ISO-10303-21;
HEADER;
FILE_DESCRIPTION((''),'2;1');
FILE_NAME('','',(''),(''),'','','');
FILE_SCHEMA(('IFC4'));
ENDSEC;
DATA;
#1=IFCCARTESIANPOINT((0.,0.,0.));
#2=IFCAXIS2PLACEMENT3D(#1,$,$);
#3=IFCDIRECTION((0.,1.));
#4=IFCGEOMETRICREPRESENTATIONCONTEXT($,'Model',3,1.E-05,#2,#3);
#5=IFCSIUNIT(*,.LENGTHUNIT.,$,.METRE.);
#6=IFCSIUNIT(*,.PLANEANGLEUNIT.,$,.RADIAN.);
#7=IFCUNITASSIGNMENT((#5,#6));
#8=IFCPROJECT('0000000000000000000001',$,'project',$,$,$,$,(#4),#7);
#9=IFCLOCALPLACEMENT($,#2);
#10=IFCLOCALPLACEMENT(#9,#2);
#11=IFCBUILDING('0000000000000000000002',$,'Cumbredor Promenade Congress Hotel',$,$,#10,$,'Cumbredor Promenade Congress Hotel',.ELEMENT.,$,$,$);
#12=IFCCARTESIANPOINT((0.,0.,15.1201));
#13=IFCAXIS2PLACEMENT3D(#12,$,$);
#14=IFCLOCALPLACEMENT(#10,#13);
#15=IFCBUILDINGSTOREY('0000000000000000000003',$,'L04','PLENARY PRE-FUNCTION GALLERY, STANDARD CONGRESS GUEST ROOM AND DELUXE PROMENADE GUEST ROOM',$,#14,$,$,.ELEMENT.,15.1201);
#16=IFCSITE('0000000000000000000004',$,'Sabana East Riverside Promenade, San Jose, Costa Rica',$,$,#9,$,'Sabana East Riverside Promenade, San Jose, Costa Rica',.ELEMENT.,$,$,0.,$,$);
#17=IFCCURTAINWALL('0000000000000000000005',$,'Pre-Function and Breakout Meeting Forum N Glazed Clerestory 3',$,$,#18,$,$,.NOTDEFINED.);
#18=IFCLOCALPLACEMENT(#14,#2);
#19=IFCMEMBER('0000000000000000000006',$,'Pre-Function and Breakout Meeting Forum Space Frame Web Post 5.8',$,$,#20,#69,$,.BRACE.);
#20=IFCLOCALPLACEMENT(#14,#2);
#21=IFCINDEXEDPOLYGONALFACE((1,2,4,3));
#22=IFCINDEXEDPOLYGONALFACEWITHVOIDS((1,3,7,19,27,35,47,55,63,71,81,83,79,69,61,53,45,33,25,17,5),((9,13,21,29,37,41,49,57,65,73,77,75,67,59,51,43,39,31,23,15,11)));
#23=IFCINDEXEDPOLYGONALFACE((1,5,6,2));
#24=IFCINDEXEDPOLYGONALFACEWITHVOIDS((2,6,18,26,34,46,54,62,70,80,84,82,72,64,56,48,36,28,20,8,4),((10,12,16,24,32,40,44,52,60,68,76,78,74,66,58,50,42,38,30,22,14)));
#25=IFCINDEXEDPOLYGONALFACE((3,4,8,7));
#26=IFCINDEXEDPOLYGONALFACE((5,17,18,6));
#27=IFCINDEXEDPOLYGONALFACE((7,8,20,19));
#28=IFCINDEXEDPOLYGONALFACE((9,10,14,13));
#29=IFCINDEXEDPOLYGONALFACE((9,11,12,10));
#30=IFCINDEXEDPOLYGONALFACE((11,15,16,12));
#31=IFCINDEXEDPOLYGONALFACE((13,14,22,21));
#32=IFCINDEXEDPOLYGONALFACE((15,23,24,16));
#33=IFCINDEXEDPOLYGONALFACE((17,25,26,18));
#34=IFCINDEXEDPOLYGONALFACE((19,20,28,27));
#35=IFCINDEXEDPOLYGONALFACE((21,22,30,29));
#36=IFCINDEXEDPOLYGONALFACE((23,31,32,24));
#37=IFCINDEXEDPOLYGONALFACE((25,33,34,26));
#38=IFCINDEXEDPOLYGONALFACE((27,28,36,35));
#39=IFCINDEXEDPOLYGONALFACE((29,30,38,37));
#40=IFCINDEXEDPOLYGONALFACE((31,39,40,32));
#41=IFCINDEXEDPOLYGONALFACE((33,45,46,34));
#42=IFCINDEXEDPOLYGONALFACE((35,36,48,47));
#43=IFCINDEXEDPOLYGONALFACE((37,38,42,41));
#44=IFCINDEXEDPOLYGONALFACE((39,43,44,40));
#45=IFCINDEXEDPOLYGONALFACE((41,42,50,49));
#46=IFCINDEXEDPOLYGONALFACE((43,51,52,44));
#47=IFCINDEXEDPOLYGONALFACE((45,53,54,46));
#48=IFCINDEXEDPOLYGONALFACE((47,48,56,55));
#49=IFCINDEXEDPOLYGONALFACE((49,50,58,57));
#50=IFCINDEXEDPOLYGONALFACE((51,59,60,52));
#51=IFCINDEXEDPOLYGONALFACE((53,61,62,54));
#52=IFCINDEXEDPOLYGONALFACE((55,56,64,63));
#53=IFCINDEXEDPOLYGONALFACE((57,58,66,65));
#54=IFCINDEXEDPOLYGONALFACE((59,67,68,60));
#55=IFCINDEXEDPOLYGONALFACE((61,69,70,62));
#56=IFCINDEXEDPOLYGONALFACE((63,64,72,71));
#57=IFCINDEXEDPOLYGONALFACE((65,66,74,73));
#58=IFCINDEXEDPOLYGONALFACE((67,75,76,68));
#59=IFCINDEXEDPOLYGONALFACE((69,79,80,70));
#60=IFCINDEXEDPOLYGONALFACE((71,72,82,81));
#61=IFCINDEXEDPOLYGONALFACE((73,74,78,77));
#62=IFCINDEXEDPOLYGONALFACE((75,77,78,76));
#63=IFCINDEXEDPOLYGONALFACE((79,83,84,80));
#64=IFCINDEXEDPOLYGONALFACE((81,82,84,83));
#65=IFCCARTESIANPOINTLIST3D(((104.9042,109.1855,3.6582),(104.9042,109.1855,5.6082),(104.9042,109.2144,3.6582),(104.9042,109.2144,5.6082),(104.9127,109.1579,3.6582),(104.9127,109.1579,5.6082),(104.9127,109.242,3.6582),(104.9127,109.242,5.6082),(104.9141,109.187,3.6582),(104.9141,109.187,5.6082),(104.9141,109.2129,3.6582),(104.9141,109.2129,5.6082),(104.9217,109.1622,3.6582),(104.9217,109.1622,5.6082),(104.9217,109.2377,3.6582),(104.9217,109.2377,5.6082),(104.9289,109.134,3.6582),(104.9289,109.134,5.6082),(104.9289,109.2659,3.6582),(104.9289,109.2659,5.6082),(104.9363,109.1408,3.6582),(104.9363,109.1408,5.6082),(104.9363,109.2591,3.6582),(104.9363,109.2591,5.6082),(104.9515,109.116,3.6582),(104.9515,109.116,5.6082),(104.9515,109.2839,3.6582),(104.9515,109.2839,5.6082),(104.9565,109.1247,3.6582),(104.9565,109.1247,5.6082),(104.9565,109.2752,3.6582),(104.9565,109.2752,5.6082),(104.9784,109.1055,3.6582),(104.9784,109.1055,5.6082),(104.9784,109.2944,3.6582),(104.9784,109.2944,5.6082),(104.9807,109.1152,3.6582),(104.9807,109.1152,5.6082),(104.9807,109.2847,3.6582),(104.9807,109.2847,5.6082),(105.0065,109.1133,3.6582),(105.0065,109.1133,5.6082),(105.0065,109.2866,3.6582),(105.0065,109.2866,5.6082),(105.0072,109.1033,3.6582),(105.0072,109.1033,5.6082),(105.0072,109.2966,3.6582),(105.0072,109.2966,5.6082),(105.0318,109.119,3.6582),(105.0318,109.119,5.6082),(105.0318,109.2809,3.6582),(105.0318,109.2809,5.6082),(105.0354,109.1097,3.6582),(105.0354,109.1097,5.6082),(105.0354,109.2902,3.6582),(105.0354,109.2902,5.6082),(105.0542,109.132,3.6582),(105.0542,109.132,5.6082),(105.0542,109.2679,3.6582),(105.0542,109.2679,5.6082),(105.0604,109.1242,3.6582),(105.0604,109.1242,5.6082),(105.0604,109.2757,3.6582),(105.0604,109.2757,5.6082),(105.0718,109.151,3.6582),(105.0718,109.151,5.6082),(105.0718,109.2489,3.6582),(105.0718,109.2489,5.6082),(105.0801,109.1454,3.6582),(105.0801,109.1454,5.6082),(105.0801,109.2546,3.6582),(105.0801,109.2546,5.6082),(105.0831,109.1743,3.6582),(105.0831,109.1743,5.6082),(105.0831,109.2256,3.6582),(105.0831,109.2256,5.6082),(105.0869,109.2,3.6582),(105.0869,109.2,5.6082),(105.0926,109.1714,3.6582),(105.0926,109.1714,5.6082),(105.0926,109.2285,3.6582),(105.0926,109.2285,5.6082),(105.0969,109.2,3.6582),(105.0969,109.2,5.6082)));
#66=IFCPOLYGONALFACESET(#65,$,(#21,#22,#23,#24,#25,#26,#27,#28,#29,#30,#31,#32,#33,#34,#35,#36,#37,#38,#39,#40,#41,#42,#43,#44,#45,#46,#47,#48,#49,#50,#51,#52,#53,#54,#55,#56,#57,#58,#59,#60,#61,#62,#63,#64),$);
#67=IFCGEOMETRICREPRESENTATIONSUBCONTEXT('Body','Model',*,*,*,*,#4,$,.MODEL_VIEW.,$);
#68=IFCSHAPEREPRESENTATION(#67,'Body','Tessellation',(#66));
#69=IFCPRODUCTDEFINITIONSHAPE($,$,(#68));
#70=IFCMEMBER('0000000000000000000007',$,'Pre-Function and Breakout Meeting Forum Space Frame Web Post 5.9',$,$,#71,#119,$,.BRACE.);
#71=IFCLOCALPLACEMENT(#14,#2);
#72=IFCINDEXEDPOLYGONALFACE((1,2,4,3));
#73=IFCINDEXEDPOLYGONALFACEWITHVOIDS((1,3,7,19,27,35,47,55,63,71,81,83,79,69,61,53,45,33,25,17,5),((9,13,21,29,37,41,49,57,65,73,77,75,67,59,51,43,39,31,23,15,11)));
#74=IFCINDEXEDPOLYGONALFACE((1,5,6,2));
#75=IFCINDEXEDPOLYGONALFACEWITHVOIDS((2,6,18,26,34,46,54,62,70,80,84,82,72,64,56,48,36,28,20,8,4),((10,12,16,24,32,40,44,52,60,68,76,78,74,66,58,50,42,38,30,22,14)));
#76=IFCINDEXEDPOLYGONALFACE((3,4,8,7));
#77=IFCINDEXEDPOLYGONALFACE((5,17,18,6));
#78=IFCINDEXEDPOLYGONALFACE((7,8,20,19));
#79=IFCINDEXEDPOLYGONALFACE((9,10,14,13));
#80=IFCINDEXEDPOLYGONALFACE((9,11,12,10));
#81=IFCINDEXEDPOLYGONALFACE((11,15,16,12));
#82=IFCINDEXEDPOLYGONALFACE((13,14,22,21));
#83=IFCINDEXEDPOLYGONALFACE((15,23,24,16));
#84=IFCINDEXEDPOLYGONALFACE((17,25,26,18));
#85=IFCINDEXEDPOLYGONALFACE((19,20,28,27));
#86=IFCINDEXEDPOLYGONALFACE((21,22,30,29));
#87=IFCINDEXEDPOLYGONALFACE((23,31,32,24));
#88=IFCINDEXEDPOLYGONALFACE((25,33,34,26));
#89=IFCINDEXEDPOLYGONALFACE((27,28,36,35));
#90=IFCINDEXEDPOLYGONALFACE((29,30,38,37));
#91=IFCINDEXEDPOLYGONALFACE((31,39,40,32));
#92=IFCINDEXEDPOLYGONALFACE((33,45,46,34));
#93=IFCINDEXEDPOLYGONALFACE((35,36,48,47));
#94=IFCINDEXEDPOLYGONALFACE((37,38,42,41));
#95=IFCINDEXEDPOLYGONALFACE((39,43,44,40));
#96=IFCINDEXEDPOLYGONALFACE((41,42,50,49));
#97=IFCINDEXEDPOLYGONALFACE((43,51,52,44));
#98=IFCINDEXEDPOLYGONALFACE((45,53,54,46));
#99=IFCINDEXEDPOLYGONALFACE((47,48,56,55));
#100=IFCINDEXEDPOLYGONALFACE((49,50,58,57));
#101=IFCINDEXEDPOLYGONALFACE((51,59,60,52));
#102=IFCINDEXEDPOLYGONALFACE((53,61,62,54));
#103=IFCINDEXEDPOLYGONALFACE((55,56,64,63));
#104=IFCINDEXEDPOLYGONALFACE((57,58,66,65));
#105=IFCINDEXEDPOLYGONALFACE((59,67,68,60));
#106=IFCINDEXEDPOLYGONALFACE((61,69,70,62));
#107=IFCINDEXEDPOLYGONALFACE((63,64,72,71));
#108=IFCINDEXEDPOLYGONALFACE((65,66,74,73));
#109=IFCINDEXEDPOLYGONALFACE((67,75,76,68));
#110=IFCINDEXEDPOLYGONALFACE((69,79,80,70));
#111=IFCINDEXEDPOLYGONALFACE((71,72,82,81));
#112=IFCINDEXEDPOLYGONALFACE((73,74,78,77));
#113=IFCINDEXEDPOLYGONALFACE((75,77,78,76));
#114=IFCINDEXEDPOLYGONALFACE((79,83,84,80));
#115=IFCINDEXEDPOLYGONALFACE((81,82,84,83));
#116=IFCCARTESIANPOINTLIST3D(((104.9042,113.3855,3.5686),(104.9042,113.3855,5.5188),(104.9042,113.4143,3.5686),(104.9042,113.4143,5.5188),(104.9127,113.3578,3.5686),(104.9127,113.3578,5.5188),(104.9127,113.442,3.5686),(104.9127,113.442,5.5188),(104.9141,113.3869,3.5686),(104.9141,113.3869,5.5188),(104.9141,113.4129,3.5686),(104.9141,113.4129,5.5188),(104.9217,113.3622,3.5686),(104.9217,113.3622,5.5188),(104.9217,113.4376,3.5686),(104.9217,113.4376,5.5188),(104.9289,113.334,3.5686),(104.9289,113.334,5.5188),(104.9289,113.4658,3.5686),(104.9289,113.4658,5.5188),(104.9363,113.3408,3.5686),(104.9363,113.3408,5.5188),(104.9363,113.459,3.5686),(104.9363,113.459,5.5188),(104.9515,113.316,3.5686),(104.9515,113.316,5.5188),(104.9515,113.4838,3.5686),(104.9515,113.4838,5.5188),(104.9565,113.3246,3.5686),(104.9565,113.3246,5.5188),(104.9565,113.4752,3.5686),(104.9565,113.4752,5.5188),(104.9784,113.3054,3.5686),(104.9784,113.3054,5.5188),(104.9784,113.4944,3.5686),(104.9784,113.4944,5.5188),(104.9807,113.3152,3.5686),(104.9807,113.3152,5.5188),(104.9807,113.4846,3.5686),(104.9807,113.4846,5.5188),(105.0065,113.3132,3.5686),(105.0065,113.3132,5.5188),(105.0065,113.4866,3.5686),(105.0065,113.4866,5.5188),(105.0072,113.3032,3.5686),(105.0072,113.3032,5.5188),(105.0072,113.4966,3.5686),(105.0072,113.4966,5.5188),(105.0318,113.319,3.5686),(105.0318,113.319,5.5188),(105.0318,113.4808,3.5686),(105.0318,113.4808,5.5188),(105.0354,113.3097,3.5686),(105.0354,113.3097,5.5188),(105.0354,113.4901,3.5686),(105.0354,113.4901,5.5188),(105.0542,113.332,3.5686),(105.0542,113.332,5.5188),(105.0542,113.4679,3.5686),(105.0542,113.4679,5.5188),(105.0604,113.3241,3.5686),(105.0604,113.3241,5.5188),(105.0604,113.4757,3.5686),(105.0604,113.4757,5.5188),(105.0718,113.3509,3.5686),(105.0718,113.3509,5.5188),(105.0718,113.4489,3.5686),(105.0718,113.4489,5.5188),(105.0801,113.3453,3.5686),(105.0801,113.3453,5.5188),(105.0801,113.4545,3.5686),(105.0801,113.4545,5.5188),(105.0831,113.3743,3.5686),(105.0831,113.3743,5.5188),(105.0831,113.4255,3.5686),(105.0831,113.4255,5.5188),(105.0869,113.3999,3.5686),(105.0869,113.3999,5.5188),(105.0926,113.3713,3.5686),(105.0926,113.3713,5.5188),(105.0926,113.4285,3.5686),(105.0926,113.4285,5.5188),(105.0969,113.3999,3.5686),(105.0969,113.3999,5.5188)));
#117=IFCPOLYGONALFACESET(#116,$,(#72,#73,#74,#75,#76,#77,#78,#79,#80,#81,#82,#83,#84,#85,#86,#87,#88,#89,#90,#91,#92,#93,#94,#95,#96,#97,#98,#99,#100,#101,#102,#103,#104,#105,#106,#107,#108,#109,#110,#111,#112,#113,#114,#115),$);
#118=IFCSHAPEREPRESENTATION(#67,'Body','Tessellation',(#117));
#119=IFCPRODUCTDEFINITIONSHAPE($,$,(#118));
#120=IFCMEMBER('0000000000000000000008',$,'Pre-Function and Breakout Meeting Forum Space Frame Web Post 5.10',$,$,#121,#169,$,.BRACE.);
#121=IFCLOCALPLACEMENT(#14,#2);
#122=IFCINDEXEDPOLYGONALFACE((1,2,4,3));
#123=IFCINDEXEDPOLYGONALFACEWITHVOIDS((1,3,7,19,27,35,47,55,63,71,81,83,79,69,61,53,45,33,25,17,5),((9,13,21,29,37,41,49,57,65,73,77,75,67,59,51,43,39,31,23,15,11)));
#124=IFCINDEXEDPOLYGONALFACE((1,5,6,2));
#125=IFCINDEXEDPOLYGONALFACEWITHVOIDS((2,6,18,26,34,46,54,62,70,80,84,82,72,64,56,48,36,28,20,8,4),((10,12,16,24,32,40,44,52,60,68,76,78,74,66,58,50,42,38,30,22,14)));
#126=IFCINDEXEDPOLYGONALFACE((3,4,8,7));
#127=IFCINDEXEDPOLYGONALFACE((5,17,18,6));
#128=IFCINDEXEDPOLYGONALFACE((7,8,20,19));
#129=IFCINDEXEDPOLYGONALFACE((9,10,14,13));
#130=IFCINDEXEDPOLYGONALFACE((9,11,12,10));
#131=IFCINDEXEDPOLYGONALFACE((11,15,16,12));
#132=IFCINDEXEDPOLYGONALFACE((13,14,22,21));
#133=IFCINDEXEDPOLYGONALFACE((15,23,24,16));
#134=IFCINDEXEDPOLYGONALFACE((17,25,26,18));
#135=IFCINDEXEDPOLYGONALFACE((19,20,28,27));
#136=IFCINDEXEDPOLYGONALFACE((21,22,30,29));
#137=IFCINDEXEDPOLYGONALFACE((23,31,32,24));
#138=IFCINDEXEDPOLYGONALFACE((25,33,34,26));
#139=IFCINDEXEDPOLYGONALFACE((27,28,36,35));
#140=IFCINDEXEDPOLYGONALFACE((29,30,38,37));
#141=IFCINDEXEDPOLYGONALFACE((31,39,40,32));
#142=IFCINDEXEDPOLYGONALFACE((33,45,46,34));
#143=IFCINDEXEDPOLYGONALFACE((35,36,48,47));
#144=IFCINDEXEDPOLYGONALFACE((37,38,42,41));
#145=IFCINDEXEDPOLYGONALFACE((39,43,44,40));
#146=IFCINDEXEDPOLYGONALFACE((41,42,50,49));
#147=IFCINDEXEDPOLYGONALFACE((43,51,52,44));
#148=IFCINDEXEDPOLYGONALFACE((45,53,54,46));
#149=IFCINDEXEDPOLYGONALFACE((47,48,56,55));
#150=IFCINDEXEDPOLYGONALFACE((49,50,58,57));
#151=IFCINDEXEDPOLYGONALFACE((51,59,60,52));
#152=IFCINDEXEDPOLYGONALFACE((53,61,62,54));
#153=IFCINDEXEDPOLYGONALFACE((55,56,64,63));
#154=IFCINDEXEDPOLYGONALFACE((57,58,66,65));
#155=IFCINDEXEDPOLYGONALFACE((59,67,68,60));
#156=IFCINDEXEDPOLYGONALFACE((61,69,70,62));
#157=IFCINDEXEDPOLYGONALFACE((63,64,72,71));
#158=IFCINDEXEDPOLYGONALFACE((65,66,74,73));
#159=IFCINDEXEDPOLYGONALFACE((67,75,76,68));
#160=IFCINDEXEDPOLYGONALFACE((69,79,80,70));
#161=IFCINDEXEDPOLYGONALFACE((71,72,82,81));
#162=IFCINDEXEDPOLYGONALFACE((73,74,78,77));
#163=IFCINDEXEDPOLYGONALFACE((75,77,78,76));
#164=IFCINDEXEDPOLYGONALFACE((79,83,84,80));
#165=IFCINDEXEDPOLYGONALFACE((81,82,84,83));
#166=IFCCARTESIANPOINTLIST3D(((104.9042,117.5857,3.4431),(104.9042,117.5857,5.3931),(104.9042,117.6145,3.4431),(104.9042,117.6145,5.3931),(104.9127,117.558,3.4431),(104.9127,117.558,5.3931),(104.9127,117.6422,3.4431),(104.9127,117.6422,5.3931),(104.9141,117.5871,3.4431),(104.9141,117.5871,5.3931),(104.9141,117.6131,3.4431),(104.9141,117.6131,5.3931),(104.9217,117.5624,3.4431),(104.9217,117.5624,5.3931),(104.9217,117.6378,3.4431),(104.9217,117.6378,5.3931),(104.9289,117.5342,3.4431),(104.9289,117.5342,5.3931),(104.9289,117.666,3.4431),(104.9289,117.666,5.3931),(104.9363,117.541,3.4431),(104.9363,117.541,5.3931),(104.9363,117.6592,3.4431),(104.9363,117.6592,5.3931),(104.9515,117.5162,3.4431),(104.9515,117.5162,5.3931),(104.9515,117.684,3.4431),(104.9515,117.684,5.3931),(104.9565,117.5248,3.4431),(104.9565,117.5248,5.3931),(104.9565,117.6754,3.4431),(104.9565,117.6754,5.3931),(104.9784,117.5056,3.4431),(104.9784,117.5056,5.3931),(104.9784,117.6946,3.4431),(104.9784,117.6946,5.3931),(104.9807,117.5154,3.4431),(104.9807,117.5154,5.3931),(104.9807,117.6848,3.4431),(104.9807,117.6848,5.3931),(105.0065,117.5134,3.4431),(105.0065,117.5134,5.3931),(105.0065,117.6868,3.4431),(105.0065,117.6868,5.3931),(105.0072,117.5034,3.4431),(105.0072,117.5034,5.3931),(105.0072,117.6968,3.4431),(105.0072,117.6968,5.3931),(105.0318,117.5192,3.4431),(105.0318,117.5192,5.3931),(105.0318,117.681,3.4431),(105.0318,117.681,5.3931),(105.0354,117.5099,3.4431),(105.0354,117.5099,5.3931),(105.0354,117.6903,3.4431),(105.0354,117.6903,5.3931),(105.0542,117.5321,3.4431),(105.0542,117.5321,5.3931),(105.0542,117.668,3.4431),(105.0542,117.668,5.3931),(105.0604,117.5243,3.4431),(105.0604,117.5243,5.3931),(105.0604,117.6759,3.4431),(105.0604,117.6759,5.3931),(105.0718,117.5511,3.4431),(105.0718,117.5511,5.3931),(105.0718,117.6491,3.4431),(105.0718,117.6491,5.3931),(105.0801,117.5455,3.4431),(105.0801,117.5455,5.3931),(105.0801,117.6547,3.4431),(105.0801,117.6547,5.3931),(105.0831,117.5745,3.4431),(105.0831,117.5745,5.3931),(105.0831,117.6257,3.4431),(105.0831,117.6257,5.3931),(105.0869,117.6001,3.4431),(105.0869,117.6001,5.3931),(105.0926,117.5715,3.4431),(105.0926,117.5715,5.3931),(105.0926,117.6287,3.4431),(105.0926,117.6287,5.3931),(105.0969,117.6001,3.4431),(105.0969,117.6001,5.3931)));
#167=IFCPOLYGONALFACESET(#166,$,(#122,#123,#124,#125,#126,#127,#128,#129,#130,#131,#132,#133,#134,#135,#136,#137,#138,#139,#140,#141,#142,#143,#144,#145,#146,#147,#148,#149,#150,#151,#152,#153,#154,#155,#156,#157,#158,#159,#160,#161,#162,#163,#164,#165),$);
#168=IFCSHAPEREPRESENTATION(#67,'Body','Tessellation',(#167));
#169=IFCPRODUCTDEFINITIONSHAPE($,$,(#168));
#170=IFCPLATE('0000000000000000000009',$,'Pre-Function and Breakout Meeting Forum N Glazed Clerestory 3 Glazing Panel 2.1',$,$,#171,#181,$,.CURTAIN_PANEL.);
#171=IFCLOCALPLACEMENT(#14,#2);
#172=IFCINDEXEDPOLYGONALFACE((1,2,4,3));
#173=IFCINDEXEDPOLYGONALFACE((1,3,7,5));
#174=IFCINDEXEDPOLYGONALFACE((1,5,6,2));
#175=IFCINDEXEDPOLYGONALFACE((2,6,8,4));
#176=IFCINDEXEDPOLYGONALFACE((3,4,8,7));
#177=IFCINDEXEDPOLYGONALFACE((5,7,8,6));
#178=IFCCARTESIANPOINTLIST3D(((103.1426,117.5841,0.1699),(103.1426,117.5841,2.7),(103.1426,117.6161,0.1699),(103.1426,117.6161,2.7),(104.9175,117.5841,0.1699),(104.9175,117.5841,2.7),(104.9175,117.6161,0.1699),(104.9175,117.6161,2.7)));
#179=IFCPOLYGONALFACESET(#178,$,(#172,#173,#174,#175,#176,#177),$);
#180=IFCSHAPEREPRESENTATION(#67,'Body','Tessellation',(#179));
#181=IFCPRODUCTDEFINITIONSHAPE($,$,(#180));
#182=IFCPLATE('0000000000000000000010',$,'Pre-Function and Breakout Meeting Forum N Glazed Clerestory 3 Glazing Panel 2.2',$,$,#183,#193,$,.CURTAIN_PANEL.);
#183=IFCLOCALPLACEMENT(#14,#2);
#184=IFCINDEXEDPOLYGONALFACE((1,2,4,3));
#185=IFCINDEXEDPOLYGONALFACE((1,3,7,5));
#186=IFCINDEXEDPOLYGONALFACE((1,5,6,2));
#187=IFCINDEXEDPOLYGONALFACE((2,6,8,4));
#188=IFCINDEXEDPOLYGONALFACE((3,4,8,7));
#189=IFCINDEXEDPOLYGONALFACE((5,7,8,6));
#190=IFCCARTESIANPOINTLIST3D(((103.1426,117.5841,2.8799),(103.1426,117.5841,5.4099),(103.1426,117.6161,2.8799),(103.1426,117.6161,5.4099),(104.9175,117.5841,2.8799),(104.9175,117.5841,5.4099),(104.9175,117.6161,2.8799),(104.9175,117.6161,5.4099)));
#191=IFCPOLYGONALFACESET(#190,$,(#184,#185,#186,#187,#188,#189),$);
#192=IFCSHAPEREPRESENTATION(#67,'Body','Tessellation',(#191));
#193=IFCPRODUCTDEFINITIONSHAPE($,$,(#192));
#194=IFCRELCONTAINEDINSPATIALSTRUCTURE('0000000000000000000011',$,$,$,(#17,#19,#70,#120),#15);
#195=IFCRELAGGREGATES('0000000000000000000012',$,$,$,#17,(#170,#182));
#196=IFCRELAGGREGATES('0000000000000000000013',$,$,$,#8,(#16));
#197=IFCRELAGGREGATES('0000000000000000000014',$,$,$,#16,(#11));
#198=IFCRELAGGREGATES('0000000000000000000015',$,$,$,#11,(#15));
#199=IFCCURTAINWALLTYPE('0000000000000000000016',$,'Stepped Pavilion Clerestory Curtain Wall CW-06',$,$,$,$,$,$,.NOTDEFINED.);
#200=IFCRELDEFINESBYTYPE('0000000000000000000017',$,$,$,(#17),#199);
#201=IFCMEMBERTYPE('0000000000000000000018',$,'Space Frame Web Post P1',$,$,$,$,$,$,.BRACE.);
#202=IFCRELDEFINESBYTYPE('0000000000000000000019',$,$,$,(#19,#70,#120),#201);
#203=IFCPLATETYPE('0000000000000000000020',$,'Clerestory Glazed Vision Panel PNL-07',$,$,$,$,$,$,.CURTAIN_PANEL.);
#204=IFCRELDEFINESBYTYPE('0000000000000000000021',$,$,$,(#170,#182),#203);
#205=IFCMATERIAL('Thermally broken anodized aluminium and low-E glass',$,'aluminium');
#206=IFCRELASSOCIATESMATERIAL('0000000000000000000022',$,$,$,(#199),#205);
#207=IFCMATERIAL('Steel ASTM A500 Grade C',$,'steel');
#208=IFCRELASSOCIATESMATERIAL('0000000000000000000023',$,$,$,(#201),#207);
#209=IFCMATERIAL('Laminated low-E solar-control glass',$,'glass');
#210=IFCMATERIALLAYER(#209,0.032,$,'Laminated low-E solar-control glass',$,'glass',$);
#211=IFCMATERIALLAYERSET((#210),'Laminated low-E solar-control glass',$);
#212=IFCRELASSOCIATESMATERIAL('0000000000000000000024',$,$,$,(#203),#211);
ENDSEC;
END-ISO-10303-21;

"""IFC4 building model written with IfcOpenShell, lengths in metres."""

from ifc_helpers import new_model, si_unit, direction, frame, origin, origin_2d, place, context, subcontext, project, spatial, rectangle, hollow_circle, extrude, material, layer, layer_set, material_profile, profile_set, type_object, element, aggregate, save


model = new_model("IFC4")

# Units and contexts
model_context = context("Model", 3, precision=1e-05, world=origin(), true_north=direction((0.0, 1.0)))
body_context = subcontext(model_context, "Body", "Model", "MODEL_VIEW")
ifc_project = project(units=[si_unit("LENGTHUNIT", "METRE"), si_unit("PLANEANGLEUNIT", "RADIAN")], contexts=[model_context])

# Site, building, storey
site_placement = place(None, origin())
site = spatial("IfcSite", under=ifc_project, at=site_placement, Name="Sabana East Riverside Promenade, San Jose, Costa Rica", LongName="Sabana East Riverside Promenade, San Jose, Costa Rica", CompositionType="ELEMENT", RefElevation=0.0)
building_placement = place(site_placement, origin())
building = spatial("IfcBuilding", under=site, at=building_placement, Name="Cumbredor Promenade Congress Hotel", LongName="Cumbredor Promenade Congress Hotel", CompositionType="ELEMENT")
storey_placement = place(building_placement, frame((0.0, 0.0, 15.1201)))
storey = spatial("IfcBuildingStorey", under=building, at=storey_placement, Name="L04", Description="PLENARY PRE-FUNCTION GALLERY, STANDARD CONGRESS GUEST ROOM AND DELUXE PROMENADE GUEST ROOM", CompositionType="ELEMENT", Elevation=15.1201)

# Curtain wall
ifc_material_1 = material(Name="Thermally broken anodized aluminium and low-E glass", Category="aluminium")
curtain_wall_type = type_object("IfcCurtainWallType", Name="Stepped Pavilion Clerestory Curtain Wall CW-06", PredefinedType="NOTDEFINED", material=ifc_material_1)
curtain_wall_placement = place(storey_placement, origin())
curtain_wall = element("IfcCurtainWall", 1, at=curtain_wall_placement, inside=storey, type_object=curtain_wall_type, Name="Pre-Function and Breakout Meeting Forum N Glazed Clerestory 3", PredefinedType="NOTDEFINED")

# Members
ifc_material_2 = material(Name="Steel ASTM A500 Grade C", Category="steel")
ifc_material_profile_1 = material_profile(ifc_material_2, hollow_circle(Radius=0.0969, WallThickness=0.01, at=origin_2d()), Name="CHS 193.7x10")
ifc_profile_set_1 = profile_set([ifc_material_profile_1], Name="Steel ASTM A500 Grade C")
member_type_1 = type_object("IfcMemberType", Name="Space Frame Web Post P1", PredefinedType="BRACE", material=ifc_profile_set_1)
member_1_placement = place(storey_placement, frame((105.0, 109.2, 3.6582), z_axis=(0.0, 0.0, 1.0), x_axis=(1.0, 0.0, 0.0)))
element("IfcMember", 2, at=member_1_placement, inside=storey, type_object=member_type_1, Name="Pre-Function and Breakout Meeting Forum Space Frame Web Post 5.8", PredefinedType="BRACE", context=body_context, shape_type="SweptSolid", body=[
    extrude(hollow_circle(Radius=0.0969, WallThickness=0.01, at=origin_2d()), origin(), (0.0, 0.0, 1.0), 1.95),
])
member_2_placement = place(storey_placement, frame((105.0, 113.3999, 3.5686), z_axis=(0.0, 0.0, 1.0), x_axis=(1.0, 0.0, 0.0)))
element("IfcMember", 3, at=member_2_placement, inside=storey, type_object=member_type_1, Name="Pre-Function and Breakout Meeting Forum Space Frame Web Post 5.9", PredefinedType="BRACE", context=body_context, shape_type="SweptSolid", body=[
    extrude(hollow_circle(Radius=0.0969, WallThickness=0.01, at=origin_2d()), origin(), (0.0, 0.0, 1.0), 1.9502),
])
member_3_placement = place(storey_placement, frame((105.0, 117.6001, 3.4431), z_axis=(0.0, 0.0, 1.0), x_axis=(1.0, 0.0, 0.0)))
element("IfcMember", 4, at=member_3_placement, inside=storey, type_object=member_type_1, Name="Pre-Function and Breakout Meeting Forum Space Frame Web Post 5.10", PredefinedType="BRACE", context=body_context, shape_type="SweptSolid", body=[
    extrude(hollow_circle(Radius=0.0969, WallThickness=0.01, at=origin_2d()), origin(), (0.0, 0.0, 1.0), 1.95),
])

# Plates
ifc_material_3 = material(Name="Laminated low-E solar-control glass", Category="glass")
ifc_layer_1 = layer(ifc_material_3, 0.032, Name="Laminated low-E solar-control glass", Category="glass")
ifc_layer_set_1 = layer_set([ifc_layer_1], Name="Laminated low-E solar-control glass")
plate_type_1 = type_object("IfcPlateType", Name="Clerestory Glazed Vision Panel PNL-07", PredefinedType="CURTAIN_PANEL", material=ifc_layer_set_1)
plate_1_placement = place(storey_placement, frame((104.03, 117.6001, 0.1699), z_axis=(0.0, 0.0, 1.0), x_axis=(1.0, 0.0, 0.0)))
plate_1 = element("IfcPlate", 5, at=plate_1_placement, type_object=plate_type_1, Name="Pre-Function and Breakout Meeting Forum N Glazed Clerestory 3 Glazing Panel 2.1", PredefinedType="CURTAIN_PANEL", context=body_context, shape_type="SweptSolid", body=[
    extrude(rectangle(XDim=1.7749, YDim=0.032, at=origin_2d()), origin(), (0.0, 0.0, 1.0), 2.53),
])
plate_2_placement = place(storey_placement, frame((104.03, 117.6001, 2.8799), z_axis=(0.0, 0.0, 1.0), x_axis=(1.0, 0.0, 0.0)))
plate_2 = element("IfcPlate", 6, at=plate_2_placement, type_object=plate_type_1, Name="Pre-Function and Breakout Meeting Forum N Glazed Clerestory 3 Glazing Panel 2.2", PredefinedType="CURTAIN_PANEL", context=body_context, shape_type="SweptSolid", body=[
    extrude(rectangle(XDim=1.7749, YDim=0.032, at=origin_2d()), origin(), (0.0, 0.0, 1.0), 2.53),
])
aggregate(curtain_wall, [plate_1, plate_2])

save(model, "model.ifc")
